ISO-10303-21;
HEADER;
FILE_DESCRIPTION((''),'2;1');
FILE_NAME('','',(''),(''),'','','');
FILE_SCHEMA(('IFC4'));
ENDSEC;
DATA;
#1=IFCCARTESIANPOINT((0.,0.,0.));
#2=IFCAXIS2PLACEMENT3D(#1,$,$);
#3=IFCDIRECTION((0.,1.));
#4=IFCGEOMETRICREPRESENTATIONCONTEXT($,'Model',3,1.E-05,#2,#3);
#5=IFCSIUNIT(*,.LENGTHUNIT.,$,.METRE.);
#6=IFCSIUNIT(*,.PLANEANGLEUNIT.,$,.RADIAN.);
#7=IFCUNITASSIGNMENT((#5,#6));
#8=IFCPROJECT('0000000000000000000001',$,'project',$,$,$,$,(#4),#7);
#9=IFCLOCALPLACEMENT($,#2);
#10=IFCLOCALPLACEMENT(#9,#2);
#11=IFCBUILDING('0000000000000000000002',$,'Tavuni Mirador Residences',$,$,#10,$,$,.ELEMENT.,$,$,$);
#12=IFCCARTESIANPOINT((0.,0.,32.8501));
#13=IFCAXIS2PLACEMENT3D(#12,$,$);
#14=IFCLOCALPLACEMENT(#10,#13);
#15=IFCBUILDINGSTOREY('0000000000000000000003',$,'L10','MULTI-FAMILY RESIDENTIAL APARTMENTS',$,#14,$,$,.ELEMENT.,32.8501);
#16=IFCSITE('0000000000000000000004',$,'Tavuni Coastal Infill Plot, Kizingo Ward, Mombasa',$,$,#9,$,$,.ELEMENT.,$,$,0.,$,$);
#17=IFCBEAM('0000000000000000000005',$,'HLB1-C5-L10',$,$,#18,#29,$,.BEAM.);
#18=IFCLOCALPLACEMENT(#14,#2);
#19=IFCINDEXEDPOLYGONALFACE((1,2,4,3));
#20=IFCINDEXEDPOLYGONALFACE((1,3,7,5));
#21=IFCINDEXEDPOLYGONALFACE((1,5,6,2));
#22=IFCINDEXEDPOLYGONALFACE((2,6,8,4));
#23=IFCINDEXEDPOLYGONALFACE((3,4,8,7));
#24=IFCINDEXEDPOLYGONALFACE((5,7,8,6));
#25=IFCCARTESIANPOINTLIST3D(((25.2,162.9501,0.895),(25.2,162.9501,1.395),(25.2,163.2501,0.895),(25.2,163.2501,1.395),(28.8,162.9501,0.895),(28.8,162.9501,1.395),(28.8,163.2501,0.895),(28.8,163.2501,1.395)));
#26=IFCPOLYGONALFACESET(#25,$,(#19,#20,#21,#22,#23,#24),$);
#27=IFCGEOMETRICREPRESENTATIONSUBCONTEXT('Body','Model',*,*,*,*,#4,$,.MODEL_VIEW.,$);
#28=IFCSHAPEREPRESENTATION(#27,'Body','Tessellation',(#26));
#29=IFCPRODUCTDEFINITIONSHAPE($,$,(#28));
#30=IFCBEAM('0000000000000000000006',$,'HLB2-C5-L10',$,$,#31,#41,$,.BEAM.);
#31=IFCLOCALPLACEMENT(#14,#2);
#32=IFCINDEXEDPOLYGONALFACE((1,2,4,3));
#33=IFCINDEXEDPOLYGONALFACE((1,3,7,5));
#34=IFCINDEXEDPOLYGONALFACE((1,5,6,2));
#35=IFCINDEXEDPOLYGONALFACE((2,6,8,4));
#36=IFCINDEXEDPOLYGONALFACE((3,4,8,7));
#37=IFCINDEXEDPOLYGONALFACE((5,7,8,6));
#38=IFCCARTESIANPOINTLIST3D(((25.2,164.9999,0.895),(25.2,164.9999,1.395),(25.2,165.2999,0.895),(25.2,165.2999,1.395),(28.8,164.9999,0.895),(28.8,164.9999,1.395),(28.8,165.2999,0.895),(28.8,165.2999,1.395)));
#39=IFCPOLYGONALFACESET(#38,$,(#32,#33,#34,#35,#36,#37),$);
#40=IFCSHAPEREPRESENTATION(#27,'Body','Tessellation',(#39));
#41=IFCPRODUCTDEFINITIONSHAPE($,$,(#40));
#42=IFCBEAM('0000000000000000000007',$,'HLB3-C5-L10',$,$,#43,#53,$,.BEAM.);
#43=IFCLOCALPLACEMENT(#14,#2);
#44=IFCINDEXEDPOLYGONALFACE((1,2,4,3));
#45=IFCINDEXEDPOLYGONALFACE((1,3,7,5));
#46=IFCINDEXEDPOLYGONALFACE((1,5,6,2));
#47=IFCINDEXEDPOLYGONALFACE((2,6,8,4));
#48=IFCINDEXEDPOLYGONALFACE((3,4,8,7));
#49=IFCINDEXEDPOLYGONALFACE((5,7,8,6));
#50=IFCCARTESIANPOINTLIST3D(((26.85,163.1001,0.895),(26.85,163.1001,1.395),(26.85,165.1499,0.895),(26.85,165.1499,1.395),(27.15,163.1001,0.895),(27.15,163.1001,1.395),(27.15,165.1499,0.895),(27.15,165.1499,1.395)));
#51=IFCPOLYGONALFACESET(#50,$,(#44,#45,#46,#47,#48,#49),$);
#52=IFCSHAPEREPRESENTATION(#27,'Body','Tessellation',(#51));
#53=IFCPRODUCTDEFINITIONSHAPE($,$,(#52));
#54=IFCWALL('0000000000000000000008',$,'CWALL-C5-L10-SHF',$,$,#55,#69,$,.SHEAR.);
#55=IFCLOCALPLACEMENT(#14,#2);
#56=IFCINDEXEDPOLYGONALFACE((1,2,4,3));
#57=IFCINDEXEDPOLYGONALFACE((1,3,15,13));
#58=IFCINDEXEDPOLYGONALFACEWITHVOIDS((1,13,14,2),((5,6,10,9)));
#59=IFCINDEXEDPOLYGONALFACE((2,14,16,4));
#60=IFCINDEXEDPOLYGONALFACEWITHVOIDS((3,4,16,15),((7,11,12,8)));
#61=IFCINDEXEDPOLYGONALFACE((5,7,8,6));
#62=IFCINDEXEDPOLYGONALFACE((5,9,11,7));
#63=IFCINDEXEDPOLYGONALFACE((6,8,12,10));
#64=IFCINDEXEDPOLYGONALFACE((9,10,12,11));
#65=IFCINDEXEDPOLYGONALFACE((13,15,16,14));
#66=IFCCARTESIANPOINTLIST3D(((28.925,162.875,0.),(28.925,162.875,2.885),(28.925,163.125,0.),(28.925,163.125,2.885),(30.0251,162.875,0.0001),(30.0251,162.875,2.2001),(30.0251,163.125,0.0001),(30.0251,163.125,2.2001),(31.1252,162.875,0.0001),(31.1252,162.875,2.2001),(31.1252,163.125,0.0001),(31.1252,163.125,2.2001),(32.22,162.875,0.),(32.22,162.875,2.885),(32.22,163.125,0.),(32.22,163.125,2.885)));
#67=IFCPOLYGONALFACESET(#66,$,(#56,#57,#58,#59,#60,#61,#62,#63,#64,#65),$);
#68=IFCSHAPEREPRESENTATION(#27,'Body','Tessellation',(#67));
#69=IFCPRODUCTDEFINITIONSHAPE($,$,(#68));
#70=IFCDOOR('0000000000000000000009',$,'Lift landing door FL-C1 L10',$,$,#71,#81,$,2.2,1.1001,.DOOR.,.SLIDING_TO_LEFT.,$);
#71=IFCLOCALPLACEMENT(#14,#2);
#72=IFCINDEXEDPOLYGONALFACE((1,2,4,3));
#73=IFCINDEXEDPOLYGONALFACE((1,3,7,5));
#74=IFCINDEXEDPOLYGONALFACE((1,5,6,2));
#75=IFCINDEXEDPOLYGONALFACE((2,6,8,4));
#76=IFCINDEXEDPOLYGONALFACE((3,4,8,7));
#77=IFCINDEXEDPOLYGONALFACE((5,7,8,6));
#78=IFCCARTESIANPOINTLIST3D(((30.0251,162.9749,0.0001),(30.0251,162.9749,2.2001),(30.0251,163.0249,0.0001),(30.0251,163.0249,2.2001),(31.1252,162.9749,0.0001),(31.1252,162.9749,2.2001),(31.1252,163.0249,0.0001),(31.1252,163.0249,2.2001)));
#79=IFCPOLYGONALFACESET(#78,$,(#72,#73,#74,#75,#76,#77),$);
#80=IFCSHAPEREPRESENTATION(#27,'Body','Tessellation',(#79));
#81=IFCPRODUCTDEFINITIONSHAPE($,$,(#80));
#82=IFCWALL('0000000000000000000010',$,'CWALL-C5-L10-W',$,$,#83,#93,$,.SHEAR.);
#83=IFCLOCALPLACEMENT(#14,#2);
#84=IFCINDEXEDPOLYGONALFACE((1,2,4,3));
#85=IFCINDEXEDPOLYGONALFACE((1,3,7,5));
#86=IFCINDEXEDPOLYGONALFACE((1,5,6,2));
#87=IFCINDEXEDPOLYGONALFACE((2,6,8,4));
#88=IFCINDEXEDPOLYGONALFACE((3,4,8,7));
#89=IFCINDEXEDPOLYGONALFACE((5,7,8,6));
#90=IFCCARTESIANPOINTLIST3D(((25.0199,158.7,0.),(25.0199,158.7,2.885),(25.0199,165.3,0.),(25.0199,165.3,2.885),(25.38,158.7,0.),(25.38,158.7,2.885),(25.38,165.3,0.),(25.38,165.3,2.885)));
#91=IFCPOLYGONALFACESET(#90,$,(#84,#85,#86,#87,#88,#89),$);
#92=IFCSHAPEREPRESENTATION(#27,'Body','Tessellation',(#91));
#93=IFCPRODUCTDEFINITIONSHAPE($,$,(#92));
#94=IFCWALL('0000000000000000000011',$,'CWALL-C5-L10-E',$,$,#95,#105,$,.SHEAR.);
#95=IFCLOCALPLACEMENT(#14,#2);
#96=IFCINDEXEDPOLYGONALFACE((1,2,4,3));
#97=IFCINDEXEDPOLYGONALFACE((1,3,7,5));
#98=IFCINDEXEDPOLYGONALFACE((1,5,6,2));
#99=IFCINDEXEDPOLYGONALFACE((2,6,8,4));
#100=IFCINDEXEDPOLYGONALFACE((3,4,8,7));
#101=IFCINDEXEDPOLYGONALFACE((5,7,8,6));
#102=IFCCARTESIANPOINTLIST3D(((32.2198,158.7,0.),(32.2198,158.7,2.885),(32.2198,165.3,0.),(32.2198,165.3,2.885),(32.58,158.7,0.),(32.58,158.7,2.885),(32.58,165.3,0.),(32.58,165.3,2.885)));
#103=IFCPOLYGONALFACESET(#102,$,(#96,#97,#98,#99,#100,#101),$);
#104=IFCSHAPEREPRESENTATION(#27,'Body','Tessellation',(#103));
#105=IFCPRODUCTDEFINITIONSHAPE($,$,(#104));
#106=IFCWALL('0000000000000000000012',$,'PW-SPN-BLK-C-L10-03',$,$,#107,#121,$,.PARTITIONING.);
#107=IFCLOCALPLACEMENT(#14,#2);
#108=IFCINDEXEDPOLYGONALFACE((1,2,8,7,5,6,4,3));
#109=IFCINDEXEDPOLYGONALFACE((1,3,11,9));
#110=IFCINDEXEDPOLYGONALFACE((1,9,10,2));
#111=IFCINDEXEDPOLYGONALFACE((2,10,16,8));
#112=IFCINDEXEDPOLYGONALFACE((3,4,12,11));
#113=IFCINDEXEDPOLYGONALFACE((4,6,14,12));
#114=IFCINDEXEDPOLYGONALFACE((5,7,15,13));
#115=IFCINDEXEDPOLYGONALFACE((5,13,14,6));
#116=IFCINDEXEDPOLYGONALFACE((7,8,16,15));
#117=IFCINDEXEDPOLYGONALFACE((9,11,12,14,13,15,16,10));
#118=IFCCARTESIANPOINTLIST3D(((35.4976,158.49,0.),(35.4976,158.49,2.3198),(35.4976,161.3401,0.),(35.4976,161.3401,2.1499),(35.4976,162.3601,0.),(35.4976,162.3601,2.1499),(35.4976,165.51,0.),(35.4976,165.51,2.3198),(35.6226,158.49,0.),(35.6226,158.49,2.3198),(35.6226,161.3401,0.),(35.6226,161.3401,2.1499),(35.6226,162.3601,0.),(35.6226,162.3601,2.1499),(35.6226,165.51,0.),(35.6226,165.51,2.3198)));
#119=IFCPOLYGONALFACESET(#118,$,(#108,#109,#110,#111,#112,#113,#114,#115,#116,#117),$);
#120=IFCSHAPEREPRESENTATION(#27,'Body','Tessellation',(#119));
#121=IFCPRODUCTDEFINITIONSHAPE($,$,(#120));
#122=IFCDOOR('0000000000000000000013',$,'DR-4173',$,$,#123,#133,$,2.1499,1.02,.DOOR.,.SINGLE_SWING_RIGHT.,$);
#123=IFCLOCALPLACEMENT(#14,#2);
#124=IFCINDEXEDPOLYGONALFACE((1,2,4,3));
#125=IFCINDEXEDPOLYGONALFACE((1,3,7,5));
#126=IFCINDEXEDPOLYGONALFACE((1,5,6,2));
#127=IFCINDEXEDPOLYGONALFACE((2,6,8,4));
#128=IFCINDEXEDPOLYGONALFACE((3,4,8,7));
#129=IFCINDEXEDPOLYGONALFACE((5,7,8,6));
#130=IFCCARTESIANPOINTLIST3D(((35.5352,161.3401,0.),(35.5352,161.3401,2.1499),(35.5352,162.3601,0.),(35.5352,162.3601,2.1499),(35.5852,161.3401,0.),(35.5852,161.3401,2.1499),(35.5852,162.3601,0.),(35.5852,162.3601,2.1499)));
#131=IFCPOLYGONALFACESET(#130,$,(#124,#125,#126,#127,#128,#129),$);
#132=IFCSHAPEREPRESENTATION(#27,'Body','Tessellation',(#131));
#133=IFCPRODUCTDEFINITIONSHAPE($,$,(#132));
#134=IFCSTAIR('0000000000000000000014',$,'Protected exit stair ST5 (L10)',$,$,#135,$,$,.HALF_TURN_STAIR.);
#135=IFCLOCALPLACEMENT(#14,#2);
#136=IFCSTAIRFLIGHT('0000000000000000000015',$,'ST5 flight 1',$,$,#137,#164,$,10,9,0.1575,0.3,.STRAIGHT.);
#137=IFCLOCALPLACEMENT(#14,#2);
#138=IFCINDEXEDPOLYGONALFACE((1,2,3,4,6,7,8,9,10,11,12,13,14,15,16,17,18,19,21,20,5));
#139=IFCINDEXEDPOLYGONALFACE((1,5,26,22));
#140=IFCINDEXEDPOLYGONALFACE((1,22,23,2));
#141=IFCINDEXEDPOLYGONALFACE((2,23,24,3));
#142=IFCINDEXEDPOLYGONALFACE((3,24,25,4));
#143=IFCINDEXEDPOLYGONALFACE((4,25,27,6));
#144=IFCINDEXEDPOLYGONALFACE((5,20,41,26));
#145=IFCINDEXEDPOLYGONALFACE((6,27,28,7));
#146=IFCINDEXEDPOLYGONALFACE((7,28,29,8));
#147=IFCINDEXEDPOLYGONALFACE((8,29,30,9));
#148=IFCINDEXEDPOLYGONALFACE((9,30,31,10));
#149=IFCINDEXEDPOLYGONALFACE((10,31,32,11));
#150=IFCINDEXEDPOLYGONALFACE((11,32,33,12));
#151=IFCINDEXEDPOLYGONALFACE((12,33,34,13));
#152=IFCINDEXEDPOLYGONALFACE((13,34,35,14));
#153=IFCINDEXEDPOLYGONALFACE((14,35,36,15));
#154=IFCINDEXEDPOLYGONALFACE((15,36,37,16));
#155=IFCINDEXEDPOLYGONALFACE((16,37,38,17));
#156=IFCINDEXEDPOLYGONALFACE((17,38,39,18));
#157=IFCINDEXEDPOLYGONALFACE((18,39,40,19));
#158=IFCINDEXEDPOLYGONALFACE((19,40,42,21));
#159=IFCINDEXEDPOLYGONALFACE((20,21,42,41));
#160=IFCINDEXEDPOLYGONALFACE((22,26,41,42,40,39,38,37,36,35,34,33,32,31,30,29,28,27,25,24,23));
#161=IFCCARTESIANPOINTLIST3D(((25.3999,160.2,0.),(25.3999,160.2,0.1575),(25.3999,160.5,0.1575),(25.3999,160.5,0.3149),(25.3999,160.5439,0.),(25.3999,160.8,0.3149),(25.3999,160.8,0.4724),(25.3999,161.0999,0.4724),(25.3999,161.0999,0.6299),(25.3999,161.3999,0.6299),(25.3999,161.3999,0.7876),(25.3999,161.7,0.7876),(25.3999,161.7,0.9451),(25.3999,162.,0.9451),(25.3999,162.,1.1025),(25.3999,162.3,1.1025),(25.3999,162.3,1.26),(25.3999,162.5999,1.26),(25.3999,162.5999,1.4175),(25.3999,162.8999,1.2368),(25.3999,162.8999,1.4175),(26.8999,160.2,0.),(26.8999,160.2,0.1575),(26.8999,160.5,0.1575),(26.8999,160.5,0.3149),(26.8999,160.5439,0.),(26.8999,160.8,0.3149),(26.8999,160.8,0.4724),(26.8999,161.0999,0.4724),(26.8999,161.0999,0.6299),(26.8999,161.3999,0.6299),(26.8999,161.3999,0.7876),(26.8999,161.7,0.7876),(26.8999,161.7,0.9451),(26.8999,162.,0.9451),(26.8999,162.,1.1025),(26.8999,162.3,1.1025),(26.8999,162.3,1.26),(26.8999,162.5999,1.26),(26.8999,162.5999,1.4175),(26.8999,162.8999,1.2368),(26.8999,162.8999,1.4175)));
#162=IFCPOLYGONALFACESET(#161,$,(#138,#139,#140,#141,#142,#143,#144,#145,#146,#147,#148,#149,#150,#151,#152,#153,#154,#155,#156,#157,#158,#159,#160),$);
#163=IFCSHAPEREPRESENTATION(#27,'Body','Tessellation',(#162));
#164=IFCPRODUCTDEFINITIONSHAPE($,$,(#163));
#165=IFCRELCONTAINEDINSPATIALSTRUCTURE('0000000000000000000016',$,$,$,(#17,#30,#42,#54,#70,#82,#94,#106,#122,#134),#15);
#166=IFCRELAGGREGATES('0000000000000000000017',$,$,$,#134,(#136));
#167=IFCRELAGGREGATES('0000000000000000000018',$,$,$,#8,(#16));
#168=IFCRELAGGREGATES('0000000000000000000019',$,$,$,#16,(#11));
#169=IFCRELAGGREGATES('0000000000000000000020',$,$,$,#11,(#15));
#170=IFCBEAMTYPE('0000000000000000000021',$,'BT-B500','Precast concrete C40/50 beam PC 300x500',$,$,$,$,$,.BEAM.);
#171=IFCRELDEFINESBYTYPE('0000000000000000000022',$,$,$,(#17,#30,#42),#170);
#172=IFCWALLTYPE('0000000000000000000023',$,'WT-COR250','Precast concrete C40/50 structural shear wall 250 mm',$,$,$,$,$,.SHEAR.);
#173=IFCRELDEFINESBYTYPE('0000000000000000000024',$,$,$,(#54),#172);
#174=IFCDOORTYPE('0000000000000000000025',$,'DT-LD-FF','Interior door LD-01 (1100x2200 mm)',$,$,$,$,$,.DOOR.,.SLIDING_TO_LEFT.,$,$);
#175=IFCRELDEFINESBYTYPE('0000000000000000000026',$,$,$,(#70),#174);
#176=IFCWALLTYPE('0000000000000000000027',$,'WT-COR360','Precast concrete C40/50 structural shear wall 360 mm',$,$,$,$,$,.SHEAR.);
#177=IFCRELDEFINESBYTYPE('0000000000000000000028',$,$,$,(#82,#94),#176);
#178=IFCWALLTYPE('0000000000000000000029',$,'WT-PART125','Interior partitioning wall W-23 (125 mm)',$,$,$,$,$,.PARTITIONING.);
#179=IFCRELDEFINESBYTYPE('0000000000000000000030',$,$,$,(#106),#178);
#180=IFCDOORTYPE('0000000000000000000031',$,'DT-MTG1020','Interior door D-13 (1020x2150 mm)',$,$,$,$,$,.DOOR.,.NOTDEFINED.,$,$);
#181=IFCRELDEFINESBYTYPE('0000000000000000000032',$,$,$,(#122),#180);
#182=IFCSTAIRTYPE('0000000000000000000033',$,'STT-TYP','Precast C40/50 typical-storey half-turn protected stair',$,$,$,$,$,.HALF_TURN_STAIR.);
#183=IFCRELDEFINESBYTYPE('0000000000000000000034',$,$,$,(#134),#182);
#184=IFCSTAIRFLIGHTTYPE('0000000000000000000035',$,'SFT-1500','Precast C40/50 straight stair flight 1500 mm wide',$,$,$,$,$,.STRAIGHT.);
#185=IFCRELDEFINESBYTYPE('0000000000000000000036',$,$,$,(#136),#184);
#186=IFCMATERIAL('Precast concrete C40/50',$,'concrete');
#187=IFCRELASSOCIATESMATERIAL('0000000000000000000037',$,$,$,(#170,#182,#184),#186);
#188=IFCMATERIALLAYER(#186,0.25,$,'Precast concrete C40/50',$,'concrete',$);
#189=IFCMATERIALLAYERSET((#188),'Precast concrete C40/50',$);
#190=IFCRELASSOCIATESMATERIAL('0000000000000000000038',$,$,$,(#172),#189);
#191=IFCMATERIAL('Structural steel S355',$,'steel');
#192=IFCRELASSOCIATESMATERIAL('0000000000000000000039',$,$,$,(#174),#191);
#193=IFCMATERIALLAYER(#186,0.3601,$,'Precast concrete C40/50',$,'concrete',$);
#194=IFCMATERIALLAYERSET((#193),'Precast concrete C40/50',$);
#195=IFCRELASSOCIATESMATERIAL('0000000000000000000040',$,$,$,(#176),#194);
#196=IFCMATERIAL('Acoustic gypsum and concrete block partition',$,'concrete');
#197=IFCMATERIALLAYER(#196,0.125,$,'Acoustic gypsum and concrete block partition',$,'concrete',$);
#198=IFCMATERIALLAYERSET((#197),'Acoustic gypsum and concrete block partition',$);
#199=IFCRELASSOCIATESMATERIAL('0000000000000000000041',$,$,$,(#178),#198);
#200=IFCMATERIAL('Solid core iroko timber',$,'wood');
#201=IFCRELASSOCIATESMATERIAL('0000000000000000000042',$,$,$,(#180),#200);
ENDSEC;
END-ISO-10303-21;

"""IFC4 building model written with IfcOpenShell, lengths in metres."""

from ifc_helpers import new_model, si_unit, direction, frame, frame_2d, origin, origin_2d, place, context, subcontext, project, spatial, polyline, rectangle, outline, extrude, material, layer, layer_set, material_profile, profile_set, type_object, element, fill, aggregate, save


model = new_model("IFC4")

# Units and contexts
model_context = context("Model", 3, precision=1e-05, world=origin(), true_north=direction((0.0, 1.0)))
body_context = subcontext(model_context, "Body", "Model", "MODEL_VIEW")
ifc_project = project(units=[si_unit("LENGTHUNIT", "METRE"), si_unit("PLANEANGLEUNIT", "RADIAN")], contexts=[model_context])

# Site, building, storey
site_placement = place(None, origin())
site = spatial("IfcSite", under=ifc_project, at=site_placement, Name="Tavuni Coastal Infill Plot, Kizingo Ward, Mombasa", CompositionType="ELEMENT", RefElevation=0.0)
building_placement = place(site_placement, origin())
building = spatial("IfcBuilding", under=site, at=building_placement, Name="Tavuni Mirador Residences", CompositionType="ELEMENT")
storey_placement = place(building_placement, frame((0.0, 0.0, 32.8501)))
storey = spatial("IfcBuildingStorey", under=building, at=storey_placement, Name="L10", Description="MULTI-FAMILY RESIDENTIAL APARTMENTS", CompositionType="ELEMENT", Elevation=32.8501)

# Beams
ifc_material_1 = material(Name="Precast concrete C40/50", Category="concrete")
ifc_material_profile = material_profile(ifc_material_1, rectangle(XDim=0.3, YDim=0.5, at=origin_2d()), Name="PC 300x500", Category="concrete")
ifc_profile_set = profile_set([ifc_material_profile], Name="Precast concrete C40/50")
beam_type = type_object("IfcBeamType", Name="BT-B500", Description="Precast concrete C40/50 beam PC 300x500", PredefinedType="BEAM", material=ifc_profile_set)
for number, where, z_axis, x_axis, name in (
    (1, (25.2, 163.1001, 1.145), (1.0, 0.0, 0.0), (0.0, 1.0, 0.0), "HLB1-C5-L10"),
    (2, (25.2, 165.1499, 1.145), (1.0, 0.0, 0.0), (0.0, 1.0, 0.0), "HLB2-C5-L10"),
):
    element("IfcBeam", number, at=place(storey_placement, frame(where, z_axis=z_axis, x_axis=x_axis)), inside=storey, type_object=beam_type, Name=name, PredefinedType="BEAM", context=body_context, shape_type="SweptSolid", body=[
        extrude(rectangle(XDim=0.3, YDim=0.5, at=origin_2d()), origin(), (0.0, 0.0, 1.0), 3.6001),
    ])
beam_placement = place(storey_placement, frame((27.0, 163.1001, 1.145), z_axis=(0.0, 1.0, 0.0), x_axis=(-1.0, 0.0, 0.0)))
element("IfcBeam", 3, at=beam_placement, inside=storey, type_object=beam_type, Name="HLB3-C5-L10", PredefinedType="BEAM", context=body_context, shape_type="SweptSolid", body=[
    extrude(rectangle(XDim=0.3, YDim=0.5, at=origin_2d()), origin(), (0.0, 0.0, 1.0), 2.0498),
])

# Wall, opening, door
ifc_layer_1 = layer(ifc_material_1, 0.25, Name="Precast concrete C40/50", Category="concrete")
ifc_layer_set_1 = layer_set([ifc_layer_1], Name="Precast concrete C40/50")
wall_type_1 = type_object("IfcWallType", Name="WT-COR250", Description="Precast concrete C40/50 structural shear wall 250 mm", PredefinedType="SHEAR", material=ifc_layer_set_1)
ifc_material_2 = material(Name="Solid core iroko timber", Category="wood")
wall_1_placement = place(storey_placement, frame((28.925, 163.0, 0.0), z_axis=(0.0, 0.0, 1.0), x_axis=(1.0, 0.0, 0.0)))
wall_1 = element("IfcWall", 4, at=wall_1_placement, inside=storey, type_object=wall_type_1, Name="CWALL-C5-L10-SHF", PredefinedType="SHEAR", context=body_context, shape_type="SweptSolid", body=[
    extrude(rectangle(XDim=3.2949, YDim=0.25, at=frame_2d((1.6475, 0.0))), origin(), (0.0, 0.0, 1.0), 2.885),
])
opening_1_placement = place(wall_1_placement, frame((1.1001, 0.0, 0.0)))
opening_1 = element("IfcOpeningElement", 5, at=opening_1_placement, cuts=wall_1, PredefinedType="OPENING", context=body_context, shape_type="SweptSolid", body=[
    extrude(rectangle(XDim=1.1001, YDim=2.2, at=frame_2d((0.55, 1.1001))), frame((0.0, 0.135, 0.0), z_axis=(0.0, -1.0, 0.0), x_axis=(1.0, 0.0, 0.0)), (0.0, 0.0, 1.0), 0.27),
])
ifc_material_3 = material(Name="Structural steel S355", Category="steel")
door_type_1 = type_object("IfcDoorType", Name="DT-LD-FF", Description="Interior door LD-01 (1100x2200 mm)", OperationType="SLIDING_TO_LEFT", PredefinedType="DOOR", material=ifc_material_3)
door_1_placement = place(opening_1_placement, origin())
door_1 = element("IfcDoor", 6, at=door_1_placement, inside=storey, type_object=door_type_1, Name="Lift landing door FL-C1 L10", OperationType="SLIDING_TO_LEFT", OverallHeight=2.2, OverallWidth=1.1001, PredefinedType="DOOR", context=body_context, shape_type="SweptSolid", body=[
    extrude(rectangle(XDim=1.1001, YDim=2.2, at=frame_2d((0.55, 1.1001))), frame((0.0, 0.0249, 0.0), z_axis=(0.0, -1.0, 0.0), x_axis=(1.0, 0.0, 0.0)), (0.0, 0.0, 1.0), 0.05),
])
fill(opening_1, door_1)

# Walls
ifc_layer_2 = layer(ifc_material_1, 0.3601, Name="Precast concrete C40/50", Category="concrete")
ifc_layer_set_2 = layer_set([ifc_layer_2], Name="Precast concrete C40/50")
wall_type_2 = type_object("IfcWallType", Name="WT-COR360", Description="Precast concrete C40/50 structural shear wall 360 mm", PredefinedType="SHEAR", material=ifc_layer_set_2)
for number, where, z_axis, x_axis, name in (
    (7, (25.2, 158.7, 0.0), (0.0, 0.0, 1.0), (0.0, 1.0, 0.0), "CWALL-C5-L10-W"),
    (8, (32.3999, 158.7, 0.0), (0.0, 0.0, 1.0), (0.0, 1.0, 0.0), "CWALL-C5-L10-E"),
):
    element("IfcWall", number, at=place(storey_placement, frame(where, z_axis=z_axis, x_axis=x_axis)), inside=storey, type_object=wall_type_2, Name=name, PredefinedType="SHEAR", context=body_context, shape_type="SweptSolid", body=[
        extrude(rectangle(XDim=6.6001, YDim=0.3601, at=frame_2d((3.3, 0.0))), origin(), (0.0, 0.0, 1.0), 2.885),
    ])

# Wall, opening, door
ifc_material_4 = material(Name="Acoustic gypsum and concrete block partition", Category="concrete")
ifc_layer_3 = layer(ifc_material_4, 0.125, Name="Acoustic gypsum and concrete block partition", Category="concrete")
ifc_layer_set_3 = layer_set([ifc_layer_3], Name="Acoustic gypsum and concrete block partition")
wall_type_3 = type_object("IfcWallType", Name="WT-PART125", Description="Interior partitioning wall W-23 (125 mm)", PredefinedType="PARTITIONING", material=ifc_layer_set_3)
wall_2_placement = place(storey_placement, frame((35.5601, 158.49, 0.0), z_axis=(0.0, 0.0, 1.0), x_axis=(0.0, 1.0, 0.0)))
wall_2 = element("IfcWall", 9, at=wall_2_placement, inside=storey, type_object=wall_type_3, Name="PW-SPN-BLK-C-L10-03", PredefinedType="PARTITIONING", context=body_context, shape_type="SweptSolid", body=[
    extrude(rectangle(XDim=7.02, YDim=0.125, at=frame_2d((3.51, 0.0))), origin(), (0.0, 0.0, 1.0), 2.3198),
])
opening_2_placement = place(wall_2_placement, frame((2.8501, 0.0, 0.0)))
opening_2 = element("IfcOpeningElement", 10, at=opening_2_placement, cuts=wall_2, PredefinedType="OPENING", context=body_context, shape_type="SweptSolid", body=[
    extrude(rectangle(XDim=1.02, YDim=2.1499, at=frame_2d((0.51, 1.075))), frame((0.0, 0.0725, 0.0), z_axis=(0.0, -1.0, 0.0), x_axis=(1.0, 0.0, 0.0)), (0.0, 0.0, 1.0), 0.145),
])
door_type_2 = type_object("IfcDoorType", Name="DT-MTG1020", Description="Interior door D-13 (1020x2150 mm)", OperationType="NOTDEFINED", PredefinedType="DOOR", material=ifc_material_2)
door_2_placement = place(opening_2_placement, origin())
door_2 = element("IfcDoor", 11, at=door_2_placement, inside=storey, type_object=door_type_2, Name="DR-4173", OperationType="SINGLE_SWING_RIGHT", OverallHeight=2.1499, OverallWidth=1.02, PredefinedType="DOOR", context=body_context, shape_type="SweptSolid", body=[
    extrude(rectangle(XDim=1.02, YDim=2.1499, at=frame_2d((0.51, 1.075))), frame((0.0, 0.0249, 0.0), z_axis=(0.0, -1.0, 0.0), x_axis=(1.0, 0.0, 0.0)), (0.0, 0.0, 1.0), 0.05),
])
fill(opening_2, door_2)

# Stair, stair flight
stair_type = type_object("IfcStairType", Name="STT-TYP", Description="Precast C40/50 typical-storey half-turn protected stair", PredefinedType="HALF_TURN_STAIR", material=ifc_material_1)
stair_placement = place(storey_placement, origin())
stair = element("IfcStair", 12, at=stair_placement, inside=storey, type_object=stair_type, Name="Protected exit stair ST5 (L10)", PredefinedType="HALF_TURN_STAIR")
stair_flight_type = type_object("IfcStairFlightType", Name="SFT-1500", Description="Precast C40/50 straight stair flight 1500 mm wide", PredefinedType="STRAIGHT", material=ifc_material_1)
stair_flight_1_placement = place(storey_placement, frame((26.1499, 160.2, 0.0), z_axis=(0.0, 0.0, 1.0), x_axis=(0.0, 1.0, 0.0)))
stair_flight_1 = element("IfcStairFlight", 13, at=stair_flight_1_placement, type_object=stair_flight_type, Name="ST5 flight 1", NumberOfRisers=10, NumberOfTreads=9, PredefinedType="STRAIGHT", RiserHeight=0.1575, TreadLength=0.3, context=body_context, shape_type="SweptSolid", body=[
    extrude(outline(polyline([(0.0, 0.0), (0.0, 0.1575), (0.3, 0.1575), (0.3, 0.3149), (0.6001, 0.3149), (0.6001, 0.4724), (0.8999, 0.4724), (0.8999, 0.6299), (1.2, 0.6299), (1.2, 0.7876), (1.5, 0.7876), (1.5, 0.9451), (1.8, 0.9451), (1.8, 1.1025), (2.1001, 1.1025), (2.1001, 1.26), (2.3999, 1.26), (2.3999, 1.4175), (2.7, 1.4175), (2.7, 1.575), (2.7, 1.2368), (0.344, 0.0), (0.0, 0.0)])), frame((0.0, 0.75, 0.0), z_axis=(0.0, -1.0, 0.0), x_axis=(1.0, 0.0, 0.0)), (0.0, 0.0, 1.0), 1.5),
])
aggregate(stair, [stair_flight_1])

save(model, "model.ifc")
